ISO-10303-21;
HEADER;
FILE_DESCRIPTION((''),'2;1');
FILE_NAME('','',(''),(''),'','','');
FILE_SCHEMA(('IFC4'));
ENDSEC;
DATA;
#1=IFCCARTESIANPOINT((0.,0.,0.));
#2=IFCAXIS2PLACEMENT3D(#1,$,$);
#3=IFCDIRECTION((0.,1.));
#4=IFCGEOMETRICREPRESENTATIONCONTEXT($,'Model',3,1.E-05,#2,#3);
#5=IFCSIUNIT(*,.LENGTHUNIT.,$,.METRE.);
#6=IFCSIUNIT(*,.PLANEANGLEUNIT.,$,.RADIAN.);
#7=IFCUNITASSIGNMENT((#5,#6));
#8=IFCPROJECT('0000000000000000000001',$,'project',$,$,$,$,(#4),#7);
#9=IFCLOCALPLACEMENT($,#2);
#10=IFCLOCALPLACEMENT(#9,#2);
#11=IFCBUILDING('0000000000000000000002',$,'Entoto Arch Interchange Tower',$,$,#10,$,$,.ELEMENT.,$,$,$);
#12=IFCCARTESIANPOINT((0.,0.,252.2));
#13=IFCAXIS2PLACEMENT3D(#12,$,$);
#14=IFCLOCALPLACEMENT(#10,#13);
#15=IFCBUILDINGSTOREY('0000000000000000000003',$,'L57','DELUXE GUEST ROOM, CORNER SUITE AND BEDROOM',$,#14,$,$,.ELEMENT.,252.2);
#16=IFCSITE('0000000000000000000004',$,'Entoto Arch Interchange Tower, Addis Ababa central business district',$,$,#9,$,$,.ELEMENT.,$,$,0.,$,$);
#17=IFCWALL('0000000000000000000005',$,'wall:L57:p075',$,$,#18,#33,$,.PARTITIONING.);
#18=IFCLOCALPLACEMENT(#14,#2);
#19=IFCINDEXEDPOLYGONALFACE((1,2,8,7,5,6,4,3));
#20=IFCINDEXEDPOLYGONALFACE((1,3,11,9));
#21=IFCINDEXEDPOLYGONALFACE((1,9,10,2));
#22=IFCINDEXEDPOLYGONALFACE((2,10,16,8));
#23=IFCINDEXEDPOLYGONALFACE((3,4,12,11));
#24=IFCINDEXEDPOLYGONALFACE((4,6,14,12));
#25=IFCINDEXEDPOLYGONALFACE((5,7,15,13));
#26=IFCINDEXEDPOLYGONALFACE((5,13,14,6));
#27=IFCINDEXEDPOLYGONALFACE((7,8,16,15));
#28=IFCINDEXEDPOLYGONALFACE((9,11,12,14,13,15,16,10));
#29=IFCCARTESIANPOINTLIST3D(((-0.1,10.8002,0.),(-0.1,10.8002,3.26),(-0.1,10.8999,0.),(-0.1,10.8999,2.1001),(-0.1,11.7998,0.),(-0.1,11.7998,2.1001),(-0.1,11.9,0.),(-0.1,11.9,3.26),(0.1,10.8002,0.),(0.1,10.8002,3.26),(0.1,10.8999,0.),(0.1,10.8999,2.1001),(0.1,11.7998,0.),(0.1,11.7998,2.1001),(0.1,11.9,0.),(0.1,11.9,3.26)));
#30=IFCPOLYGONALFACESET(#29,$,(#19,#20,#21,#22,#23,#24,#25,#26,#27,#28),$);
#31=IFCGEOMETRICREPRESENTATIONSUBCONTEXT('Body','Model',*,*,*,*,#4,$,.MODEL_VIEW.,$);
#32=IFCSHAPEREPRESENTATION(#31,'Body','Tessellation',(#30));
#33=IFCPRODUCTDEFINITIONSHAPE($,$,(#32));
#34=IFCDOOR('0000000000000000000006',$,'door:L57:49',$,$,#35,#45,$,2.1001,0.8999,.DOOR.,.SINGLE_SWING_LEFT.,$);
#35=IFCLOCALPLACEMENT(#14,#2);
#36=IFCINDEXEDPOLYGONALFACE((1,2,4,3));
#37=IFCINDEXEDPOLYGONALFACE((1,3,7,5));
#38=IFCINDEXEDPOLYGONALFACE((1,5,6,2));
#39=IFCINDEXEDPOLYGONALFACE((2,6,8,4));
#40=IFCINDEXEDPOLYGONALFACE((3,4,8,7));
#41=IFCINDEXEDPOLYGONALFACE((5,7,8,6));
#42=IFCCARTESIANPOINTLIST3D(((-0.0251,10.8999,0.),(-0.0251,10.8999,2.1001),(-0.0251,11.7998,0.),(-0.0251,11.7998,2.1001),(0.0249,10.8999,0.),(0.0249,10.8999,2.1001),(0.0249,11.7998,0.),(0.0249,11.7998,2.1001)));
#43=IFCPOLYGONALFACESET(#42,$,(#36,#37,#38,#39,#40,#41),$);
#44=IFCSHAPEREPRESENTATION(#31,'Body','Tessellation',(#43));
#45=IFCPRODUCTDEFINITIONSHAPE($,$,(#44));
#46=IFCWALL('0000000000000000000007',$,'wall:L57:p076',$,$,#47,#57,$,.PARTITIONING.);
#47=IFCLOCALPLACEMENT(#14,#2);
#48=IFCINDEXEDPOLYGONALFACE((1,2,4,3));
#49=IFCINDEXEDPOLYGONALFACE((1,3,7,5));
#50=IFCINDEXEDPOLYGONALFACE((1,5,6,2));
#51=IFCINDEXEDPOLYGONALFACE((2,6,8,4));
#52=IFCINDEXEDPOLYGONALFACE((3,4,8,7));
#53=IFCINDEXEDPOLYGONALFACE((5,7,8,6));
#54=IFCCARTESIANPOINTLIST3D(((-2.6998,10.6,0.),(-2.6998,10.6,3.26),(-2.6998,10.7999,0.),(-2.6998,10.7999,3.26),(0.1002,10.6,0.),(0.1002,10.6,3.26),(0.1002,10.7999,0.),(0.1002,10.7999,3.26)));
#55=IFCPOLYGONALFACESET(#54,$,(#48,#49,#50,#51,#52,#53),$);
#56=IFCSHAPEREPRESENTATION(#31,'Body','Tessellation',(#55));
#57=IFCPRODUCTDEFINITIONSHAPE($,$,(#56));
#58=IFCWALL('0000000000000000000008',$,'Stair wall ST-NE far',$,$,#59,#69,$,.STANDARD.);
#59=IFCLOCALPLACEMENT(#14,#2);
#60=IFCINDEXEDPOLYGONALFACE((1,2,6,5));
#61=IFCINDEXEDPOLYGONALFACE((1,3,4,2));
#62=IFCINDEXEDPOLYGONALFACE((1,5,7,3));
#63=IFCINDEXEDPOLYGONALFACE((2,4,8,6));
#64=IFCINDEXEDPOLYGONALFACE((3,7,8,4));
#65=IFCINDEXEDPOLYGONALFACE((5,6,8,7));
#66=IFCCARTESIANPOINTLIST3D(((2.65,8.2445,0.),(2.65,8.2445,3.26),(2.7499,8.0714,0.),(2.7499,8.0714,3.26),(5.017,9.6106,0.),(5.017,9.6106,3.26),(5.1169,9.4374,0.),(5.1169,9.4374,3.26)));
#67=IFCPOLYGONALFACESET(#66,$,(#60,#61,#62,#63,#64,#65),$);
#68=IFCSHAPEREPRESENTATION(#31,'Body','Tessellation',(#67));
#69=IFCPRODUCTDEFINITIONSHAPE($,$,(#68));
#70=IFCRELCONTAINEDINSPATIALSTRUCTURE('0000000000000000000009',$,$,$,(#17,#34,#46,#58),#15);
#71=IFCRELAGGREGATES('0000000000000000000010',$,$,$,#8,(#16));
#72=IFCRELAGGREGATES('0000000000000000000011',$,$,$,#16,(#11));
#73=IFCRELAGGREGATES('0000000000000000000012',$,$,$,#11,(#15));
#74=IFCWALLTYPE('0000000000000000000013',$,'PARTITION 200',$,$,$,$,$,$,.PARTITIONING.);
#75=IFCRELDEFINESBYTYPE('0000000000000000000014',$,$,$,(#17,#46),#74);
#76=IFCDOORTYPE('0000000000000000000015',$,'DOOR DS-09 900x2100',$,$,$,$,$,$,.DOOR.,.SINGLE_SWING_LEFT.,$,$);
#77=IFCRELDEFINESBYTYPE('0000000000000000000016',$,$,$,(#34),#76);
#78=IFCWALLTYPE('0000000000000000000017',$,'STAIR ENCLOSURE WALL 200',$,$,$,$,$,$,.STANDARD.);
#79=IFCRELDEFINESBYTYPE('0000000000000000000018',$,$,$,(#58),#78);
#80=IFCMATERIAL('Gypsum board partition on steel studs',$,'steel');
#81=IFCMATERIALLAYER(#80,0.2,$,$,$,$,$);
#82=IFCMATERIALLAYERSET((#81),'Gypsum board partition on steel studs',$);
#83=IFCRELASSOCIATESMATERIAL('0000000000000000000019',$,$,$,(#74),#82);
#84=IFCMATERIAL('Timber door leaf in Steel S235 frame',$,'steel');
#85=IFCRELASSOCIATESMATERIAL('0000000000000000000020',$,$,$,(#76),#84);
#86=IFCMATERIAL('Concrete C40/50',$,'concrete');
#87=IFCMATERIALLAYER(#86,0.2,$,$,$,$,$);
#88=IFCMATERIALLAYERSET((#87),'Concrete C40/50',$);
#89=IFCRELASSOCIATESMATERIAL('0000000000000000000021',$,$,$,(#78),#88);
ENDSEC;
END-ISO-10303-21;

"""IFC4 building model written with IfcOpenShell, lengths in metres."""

from ifc_helpers import new_model, si_unit, direction, frame, frame_2d, origin, place, context, subcontext, project, spatial, rectangle, extrude, material, layer, layer_set, type_object, element, fill, save


model = new_model("IFC4")

# Units and contexts
model_context = context("Model", 3, precision=1e-05, world=origin(), true_north=direction((0.0, 1.0)))
body_context = subcontext(model_context, "Body", "Model", "MODEL_VIEW")
ifc_project = project(units=[si_unit("LENGTHUNIT", "METRE"), si_unit("PLANEANGLEUNIT", "RADIAN")], contexts=[model_context])

# Site, building, storey
site_placement = place(None, origin())
site = spatial("IfcSite", under=ifc_project, at=site_placement, Name="Entoto Arch Interchange Tower, Addis Ababa central business district", CompositionType="ELEMENT", RefElevation=0.0)
building_placement = place(site_placement, origin())
building = spatial("IfcBuilding", under=site, at=building_placement, Name="Entoto Arch Interchange Tower", CompositionType="ELEMENT")
storey_placement = place(building_placement, frame((0.0, 0.0, 252.2)))
storey = spatial("IfcBuildingStorey", under=building, at=storey_placement, Name="L57", Description="DELUXE GUEST ROOM, CORNER SUITE AND BEDROOM", CompositionType="ELEMENT", Elevation=252.2)

# Shared definitions
ifc_material_1 = material(Name="Concrete C40/50", Category="concrete")
ifc_material_2 = material(Name="Gypsum board partition on steel studs", Category="steel")
ifc_layer_1 = layer(ifc_material_2, 0.2)
ifc_layer_set_1 = layer_set([ifc_layer_1], Name="Gypsum board partition on steel studs")
wall_type_1 = type_object("IfcWallType", Name="PARTITION 200", PredefinedType="PARTITIONING", material=ifc_layer_set_1)

# Shared definitions
ifc_material_3 = material(Name="Timber door leaf in Steel S235 frame", Category="steel")

# Shared definitions
door_type_1 = type_object("IfcDoorType", Name="DOOR DS-09 900x2100", OperationType="SINGLE_SWING_LEFT", PredefinedType="DOOR", material=ifc_material_3)

# Wall, opening, door
wall_1_placement = place(storey_placement, frame((0.0, 11.8999, 0.0), z_axis=(0.0, 0.0, 1.0), x_axis=(0.0, -1.0, 0.0)))
wall_1 = element("IfcWall", 1, at=wall_1_placement, inside=storey, type_object=wall_type_1, Name="wall:L57:p075", PredefinedType="PARTITIONING", context=body_context, shape_type="SweptSolid", body=[
    extrude(rectangle(XDim=1.0999, YDim=0.2, at=frame_2d((0.5498, 0.0))), origin(), (0.0, 0.0, 1.0), 3.26),
])
opening_1_placement = place(wall_1_placement, frame((0.1001, 0.0, 0.0)))
opening_1 = element("IfcOpeningElement", 2, at=opening_1_placement, cuts=wall_1, PredefinedType="OPENING", context=body_context, shape_type="SweptSolid", body=[
    extrude(rectangle(XDim=0.8999, YDim=2.1001, at=frame_2d((0.45, 1.05))), frame((0.0, 0.1099, 0.0), z_axis=(0.0, -1.0, 0.0), x_axis=(1.0, 0.0, 0.0)), (0.0, 0.0, 1.0), 0.22),
])
door_1_placement = place(opening_1_placement, origin())
door_1 = element("IfcDoor", 3, at=door_1_placement, inside=storey, type_object=door_type_1, Name="door:L57:49", OperationType="SINGLE_SWING_LEFT", OverallHeight=2.1001, OverallWidth=0.8999, PredefinedType="DOOR", context=body_context, shape_type="SweptSolid", body=[
    extrude(rectangle(XDim=0.8999, YDim=2.1001, at=frame_2d((0.45, 1.05))), frame((0.0, 0.0249, 0.0), z_axis=(0.0, -1.0, 0.0), x_axis=(1.0, 0.0, 0.0)), (0.0, 0.0, 1.0), 0.05),
])
fill(opening_1, door_1)

# Walls
wall_2_placement = place(storey_placement, frame((0.1001, 10.7, 0.0), z_axis=(0.0, 0.0, 1.0), x_axis=(-1.0, 0.0, 0.0)))
element("IfcWall", 4, at=wall_2_placement, inside=storey, type_object=wall_type_1, Name="wall:L57:p076", PredefinedType="PARTITIONING", context=body_context, shape_type="SweptSolid", body=[
    extrude(rectangle(XDim=2.8, YDim=0.2, at=frame_2d((1.3999, 0.0))), origin(), (0.0, 0.0, 1.0), 3.26),
])
ifc_layer_2 = layer(ifc_material_1, 0.2)
ifc_layer_set_2 = layer_set([ifc_layer_2], Name="Concrete C40/50")
wall_type_2 = type_object("IfcWallType", Name="STAIR ENCLOSURE WALL 200", PredefinedType="STANDARD", material=ifc_layer_set_2)
wall_3_placement = place(storey_placement, frame((2.7, 8.158, 0.0), z_axis=(0.0, 0.0, 1.0), x_axis=(0.866119, 0.499838, 0.0)))
element("IfcWall", 5, at=wall_3_placement, inside=storey, type_object=wall_type_2, Name="Stair wall ST-NE far", PredefinedType="STANDARD", context=body_context, shape_type="SweptSolid", body=[
    extrude(rectangle(XDim=2.7329, YDim=0.2, at=frame_2d((1.3665, 0.0))), origin(), (0.0, 0.0, 1.0), 3.26),
])

save(model, "model.ifc")
